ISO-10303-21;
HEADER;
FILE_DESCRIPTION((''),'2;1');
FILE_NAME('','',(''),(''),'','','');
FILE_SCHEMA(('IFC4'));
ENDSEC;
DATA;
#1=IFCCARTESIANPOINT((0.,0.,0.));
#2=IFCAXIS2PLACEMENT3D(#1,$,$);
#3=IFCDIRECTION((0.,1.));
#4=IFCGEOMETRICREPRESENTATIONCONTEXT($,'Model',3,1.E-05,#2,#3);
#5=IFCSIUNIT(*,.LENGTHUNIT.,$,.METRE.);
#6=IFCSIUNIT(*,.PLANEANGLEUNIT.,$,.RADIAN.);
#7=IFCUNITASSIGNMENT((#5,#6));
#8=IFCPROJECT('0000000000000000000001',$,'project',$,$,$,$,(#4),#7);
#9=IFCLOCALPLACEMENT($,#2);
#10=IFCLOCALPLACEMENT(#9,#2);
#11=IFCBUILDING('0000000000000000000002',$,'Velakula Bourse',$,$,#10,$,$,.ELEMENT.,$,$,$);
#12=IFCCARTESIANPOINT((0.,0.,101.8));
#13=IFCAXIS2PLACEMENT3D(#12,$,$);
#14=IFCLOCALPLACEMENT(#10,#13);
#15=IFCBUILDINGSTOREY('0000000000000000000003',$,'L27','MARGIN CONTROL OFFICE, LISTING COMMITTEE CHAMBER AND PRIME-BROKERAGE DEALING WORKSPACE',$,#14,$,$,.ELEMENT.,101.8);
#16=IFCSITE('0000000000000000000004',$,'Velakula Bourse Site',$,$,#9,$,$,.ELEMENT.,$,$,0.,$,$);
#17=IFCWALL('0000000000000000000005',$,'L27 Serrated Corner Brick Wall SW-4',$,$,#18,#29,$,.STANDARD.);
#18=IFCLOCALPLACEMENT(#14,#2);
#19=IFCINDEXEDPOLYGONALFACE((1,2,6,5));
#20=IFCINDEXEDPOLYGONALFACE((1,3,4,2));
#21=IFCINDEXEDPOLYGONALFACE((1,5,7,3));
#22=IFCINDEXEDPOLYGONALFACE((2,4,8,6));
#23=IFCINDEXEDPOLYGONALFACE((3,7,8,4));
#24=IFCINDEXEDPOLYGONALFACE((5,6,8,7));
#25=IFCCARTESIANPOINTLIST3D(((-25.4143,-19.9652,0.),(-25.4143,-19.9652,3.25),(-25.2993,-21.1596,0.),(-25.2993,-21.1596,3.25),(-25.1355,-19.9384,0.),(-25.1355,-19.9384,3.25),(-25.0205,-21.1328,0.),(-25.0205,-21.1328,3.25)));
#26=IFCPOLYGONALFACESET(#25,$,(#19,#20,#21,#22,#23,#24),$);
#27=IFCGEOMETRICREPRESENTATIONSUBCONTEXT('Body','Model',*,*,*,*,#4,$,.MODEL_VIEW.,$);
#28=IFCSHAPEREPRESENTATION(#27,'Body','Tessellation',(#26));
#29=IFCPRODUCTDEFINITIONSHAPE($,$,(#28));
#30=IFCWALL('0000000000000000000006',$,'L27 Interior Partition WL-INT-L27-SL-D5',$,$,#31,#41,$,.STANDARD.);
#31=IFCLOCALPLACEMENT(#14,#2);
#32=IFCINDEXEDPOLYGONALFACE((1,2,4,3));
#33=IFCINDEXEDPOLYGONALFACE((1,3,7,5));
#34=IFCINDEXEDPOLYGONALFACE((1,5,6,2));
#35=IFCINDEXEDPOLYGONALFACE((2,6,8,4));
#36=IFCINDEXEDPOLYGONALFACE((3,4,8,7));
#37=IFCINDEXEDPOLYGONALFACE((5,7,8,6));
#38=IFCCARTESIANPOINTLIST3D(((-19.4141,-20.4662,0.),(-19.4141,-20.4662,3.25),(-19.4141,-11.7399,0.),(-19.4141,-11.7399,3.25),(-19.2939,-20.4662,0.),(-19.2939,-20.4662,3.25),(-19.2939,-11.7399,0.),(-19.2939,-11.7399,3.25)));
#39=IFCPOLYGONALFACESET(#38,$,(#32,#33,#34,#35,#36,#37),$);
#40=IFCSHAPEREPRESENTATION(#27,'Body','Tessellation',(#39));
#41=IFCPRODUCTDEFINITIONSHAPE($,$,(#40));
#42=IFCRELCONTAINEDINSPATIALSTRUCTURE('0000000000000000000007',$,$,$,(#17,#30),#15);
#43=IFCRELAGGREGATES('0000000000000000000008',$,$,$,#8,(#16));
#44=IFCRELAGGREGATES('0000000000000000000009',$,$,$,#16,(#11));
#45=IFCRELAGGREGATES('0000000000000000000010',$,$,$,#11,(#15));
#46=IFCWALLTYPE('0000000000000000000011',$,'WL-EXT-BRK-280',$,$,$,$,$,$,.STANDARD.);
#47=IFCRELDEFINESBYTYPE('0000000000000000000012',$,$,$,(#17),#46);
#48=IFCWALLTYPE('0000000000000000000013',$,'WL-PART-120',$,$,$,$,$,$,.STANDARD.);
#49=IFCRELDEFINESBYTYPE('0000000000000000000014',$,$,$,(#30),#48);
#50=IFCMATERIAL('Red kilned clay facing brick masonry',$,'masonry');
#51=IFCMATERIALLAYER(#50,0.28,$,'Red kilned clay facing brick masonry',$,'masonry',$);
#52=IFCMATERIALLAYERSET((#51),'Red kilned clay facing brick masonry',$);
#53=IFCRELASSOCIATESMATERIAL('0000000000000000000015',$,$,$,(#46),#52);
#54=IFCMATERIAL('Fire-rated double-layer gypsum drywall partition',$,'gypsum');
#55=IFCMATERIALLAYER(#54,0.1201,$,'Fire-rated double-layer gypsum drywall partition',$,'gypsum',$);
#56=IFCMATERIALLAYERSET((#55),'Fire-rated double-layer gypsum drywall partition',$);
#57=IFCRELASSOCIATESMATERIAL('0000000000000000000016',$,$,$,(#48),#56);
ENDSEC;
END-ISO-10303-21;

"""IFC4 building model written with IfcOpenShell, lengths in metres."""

from ifc_helpers import new_model, si_unit, direction, frame, frame_2d, origin, place, context, subcontext, project, spatial, rectangle, extrude, material, layer, layer_set, type_object, element, save


model = new_model("IFC4")

# Units and contexts
model_context = context("Model", 3, precision=1e-05, world=origin(), true_north=direction((0.0, 1.0)))
body_context = subcontext(model_context, "Body", "Model", "MODEL_VIEW")
ifc_project = project(units=[si_unit("LENGTHUNIT", "METRE"), si_unit("PLANEANGLEUNIT", "RADIAN")], contexts=[model_context])

# Site, building, storey
site_placement = place(None, origin())
site = spatial("IfcSite", under=ifc_project, at=site_placement, Name="Velakula Bourse Site", CompositionType="ELEMENT", RefElevation=0.0)
building_placement = place(site_placement, origin())
building = spatial("IfcBuilding", under=site, at=building_placement, Name="Velakula Bourse", CompositionType="ELEMENT")
storey_placement = place(building_placement, frame((0.0, 0.0, 101.8)))
storey = spatial("IfcBuildingStorey", under=building, at=storey_placement, Name="L27", Description="MARGIN CONTROL OFFICE, LISTING COMMITTEE CHAMBER AND PRIME-BROKERAGE DEALING WORKSPACE", CompositionType="ELEMENT", Elevation=101.8)

# Shared definitions
ifc_material_1 = material(Name="Red kilned clay facing brick masonry", Category="masonry")
ifc_layer_1 = layer(ifc_material_1, 0.28, Name="Red kilned clay facing brick masonry", Category="masonry")
ifc_layer_set_1 = layer_set([ifc_layer_1], Name="Red kilned clay facing brick masonry")
wall_type_1 = type_object("IfcWallType", Name="WL-EXT-BRK-280", PredefinedType="STANDARD", material=ifc_layer_set_1)

# Walls
wall_1_placement = place(storey_placement, frame((-25.2749, -19.9517, 0.0), z_axis=(0.0, 0.0, 1.0), x_axis=(0.095836, -0.995397, 0.0)))
element("IfcWall", 1, at=wall_1_placement, inside=storey, type_object=wall_type_1, Name="L27 Serrated Corner Brick Wall SW-4", PredefinedType="STANDARD", context=body_context, shape_type="SweptSolid", body=[
    extrude(rectangle(XDim=1.2, YDim=0.28, at=frame_2d((0.6001, 0.0))), origin(), (0.0, 0.0, 1.0), 3.25),
])
ifc_material_2 = material(Name="Fire-rated double-layer gypsum drywall partition", Category="gypsum")
ifc_layer_2 = layer(ifc_material_2, 0.1201, Name="Fire-rated double-layer gypsum drywall partition", Category="gypsum")
ifc_layer_set_2 = layer_set([ifc_layer_2], Name="Fire-rated double-layer gypsum drywall partition")
wall_type_2 = type_object("IfcWallType", Name="WL-PART-120", PredefinedType="STANDARD", material=ifc_layer_set_2)
wall_2_placement = place(storey_placement, frame((-19.354, -20.4663, 0.0), z_axis=(0.0, 0.0, 1.0), x_axis=(0.0, 1.0, 0.0)))
element("IfcWall", 2, at=wall_2_placement, inside=storey, type_object=wall_type_2, Name="L27 Interior Partition WL-INT-L27-SL-D5", PredefinedType="STANDARD", context=body_context, shape_type="SweptSolid", body=[
    extrude(rectangle(XDim=8.7263, YDim=0.1201, at=frame_2d((4.3633, 0.0))), origin(), (0.0, 0.0, 1.0), 3.25),
])

save(model, "model.ifc")
